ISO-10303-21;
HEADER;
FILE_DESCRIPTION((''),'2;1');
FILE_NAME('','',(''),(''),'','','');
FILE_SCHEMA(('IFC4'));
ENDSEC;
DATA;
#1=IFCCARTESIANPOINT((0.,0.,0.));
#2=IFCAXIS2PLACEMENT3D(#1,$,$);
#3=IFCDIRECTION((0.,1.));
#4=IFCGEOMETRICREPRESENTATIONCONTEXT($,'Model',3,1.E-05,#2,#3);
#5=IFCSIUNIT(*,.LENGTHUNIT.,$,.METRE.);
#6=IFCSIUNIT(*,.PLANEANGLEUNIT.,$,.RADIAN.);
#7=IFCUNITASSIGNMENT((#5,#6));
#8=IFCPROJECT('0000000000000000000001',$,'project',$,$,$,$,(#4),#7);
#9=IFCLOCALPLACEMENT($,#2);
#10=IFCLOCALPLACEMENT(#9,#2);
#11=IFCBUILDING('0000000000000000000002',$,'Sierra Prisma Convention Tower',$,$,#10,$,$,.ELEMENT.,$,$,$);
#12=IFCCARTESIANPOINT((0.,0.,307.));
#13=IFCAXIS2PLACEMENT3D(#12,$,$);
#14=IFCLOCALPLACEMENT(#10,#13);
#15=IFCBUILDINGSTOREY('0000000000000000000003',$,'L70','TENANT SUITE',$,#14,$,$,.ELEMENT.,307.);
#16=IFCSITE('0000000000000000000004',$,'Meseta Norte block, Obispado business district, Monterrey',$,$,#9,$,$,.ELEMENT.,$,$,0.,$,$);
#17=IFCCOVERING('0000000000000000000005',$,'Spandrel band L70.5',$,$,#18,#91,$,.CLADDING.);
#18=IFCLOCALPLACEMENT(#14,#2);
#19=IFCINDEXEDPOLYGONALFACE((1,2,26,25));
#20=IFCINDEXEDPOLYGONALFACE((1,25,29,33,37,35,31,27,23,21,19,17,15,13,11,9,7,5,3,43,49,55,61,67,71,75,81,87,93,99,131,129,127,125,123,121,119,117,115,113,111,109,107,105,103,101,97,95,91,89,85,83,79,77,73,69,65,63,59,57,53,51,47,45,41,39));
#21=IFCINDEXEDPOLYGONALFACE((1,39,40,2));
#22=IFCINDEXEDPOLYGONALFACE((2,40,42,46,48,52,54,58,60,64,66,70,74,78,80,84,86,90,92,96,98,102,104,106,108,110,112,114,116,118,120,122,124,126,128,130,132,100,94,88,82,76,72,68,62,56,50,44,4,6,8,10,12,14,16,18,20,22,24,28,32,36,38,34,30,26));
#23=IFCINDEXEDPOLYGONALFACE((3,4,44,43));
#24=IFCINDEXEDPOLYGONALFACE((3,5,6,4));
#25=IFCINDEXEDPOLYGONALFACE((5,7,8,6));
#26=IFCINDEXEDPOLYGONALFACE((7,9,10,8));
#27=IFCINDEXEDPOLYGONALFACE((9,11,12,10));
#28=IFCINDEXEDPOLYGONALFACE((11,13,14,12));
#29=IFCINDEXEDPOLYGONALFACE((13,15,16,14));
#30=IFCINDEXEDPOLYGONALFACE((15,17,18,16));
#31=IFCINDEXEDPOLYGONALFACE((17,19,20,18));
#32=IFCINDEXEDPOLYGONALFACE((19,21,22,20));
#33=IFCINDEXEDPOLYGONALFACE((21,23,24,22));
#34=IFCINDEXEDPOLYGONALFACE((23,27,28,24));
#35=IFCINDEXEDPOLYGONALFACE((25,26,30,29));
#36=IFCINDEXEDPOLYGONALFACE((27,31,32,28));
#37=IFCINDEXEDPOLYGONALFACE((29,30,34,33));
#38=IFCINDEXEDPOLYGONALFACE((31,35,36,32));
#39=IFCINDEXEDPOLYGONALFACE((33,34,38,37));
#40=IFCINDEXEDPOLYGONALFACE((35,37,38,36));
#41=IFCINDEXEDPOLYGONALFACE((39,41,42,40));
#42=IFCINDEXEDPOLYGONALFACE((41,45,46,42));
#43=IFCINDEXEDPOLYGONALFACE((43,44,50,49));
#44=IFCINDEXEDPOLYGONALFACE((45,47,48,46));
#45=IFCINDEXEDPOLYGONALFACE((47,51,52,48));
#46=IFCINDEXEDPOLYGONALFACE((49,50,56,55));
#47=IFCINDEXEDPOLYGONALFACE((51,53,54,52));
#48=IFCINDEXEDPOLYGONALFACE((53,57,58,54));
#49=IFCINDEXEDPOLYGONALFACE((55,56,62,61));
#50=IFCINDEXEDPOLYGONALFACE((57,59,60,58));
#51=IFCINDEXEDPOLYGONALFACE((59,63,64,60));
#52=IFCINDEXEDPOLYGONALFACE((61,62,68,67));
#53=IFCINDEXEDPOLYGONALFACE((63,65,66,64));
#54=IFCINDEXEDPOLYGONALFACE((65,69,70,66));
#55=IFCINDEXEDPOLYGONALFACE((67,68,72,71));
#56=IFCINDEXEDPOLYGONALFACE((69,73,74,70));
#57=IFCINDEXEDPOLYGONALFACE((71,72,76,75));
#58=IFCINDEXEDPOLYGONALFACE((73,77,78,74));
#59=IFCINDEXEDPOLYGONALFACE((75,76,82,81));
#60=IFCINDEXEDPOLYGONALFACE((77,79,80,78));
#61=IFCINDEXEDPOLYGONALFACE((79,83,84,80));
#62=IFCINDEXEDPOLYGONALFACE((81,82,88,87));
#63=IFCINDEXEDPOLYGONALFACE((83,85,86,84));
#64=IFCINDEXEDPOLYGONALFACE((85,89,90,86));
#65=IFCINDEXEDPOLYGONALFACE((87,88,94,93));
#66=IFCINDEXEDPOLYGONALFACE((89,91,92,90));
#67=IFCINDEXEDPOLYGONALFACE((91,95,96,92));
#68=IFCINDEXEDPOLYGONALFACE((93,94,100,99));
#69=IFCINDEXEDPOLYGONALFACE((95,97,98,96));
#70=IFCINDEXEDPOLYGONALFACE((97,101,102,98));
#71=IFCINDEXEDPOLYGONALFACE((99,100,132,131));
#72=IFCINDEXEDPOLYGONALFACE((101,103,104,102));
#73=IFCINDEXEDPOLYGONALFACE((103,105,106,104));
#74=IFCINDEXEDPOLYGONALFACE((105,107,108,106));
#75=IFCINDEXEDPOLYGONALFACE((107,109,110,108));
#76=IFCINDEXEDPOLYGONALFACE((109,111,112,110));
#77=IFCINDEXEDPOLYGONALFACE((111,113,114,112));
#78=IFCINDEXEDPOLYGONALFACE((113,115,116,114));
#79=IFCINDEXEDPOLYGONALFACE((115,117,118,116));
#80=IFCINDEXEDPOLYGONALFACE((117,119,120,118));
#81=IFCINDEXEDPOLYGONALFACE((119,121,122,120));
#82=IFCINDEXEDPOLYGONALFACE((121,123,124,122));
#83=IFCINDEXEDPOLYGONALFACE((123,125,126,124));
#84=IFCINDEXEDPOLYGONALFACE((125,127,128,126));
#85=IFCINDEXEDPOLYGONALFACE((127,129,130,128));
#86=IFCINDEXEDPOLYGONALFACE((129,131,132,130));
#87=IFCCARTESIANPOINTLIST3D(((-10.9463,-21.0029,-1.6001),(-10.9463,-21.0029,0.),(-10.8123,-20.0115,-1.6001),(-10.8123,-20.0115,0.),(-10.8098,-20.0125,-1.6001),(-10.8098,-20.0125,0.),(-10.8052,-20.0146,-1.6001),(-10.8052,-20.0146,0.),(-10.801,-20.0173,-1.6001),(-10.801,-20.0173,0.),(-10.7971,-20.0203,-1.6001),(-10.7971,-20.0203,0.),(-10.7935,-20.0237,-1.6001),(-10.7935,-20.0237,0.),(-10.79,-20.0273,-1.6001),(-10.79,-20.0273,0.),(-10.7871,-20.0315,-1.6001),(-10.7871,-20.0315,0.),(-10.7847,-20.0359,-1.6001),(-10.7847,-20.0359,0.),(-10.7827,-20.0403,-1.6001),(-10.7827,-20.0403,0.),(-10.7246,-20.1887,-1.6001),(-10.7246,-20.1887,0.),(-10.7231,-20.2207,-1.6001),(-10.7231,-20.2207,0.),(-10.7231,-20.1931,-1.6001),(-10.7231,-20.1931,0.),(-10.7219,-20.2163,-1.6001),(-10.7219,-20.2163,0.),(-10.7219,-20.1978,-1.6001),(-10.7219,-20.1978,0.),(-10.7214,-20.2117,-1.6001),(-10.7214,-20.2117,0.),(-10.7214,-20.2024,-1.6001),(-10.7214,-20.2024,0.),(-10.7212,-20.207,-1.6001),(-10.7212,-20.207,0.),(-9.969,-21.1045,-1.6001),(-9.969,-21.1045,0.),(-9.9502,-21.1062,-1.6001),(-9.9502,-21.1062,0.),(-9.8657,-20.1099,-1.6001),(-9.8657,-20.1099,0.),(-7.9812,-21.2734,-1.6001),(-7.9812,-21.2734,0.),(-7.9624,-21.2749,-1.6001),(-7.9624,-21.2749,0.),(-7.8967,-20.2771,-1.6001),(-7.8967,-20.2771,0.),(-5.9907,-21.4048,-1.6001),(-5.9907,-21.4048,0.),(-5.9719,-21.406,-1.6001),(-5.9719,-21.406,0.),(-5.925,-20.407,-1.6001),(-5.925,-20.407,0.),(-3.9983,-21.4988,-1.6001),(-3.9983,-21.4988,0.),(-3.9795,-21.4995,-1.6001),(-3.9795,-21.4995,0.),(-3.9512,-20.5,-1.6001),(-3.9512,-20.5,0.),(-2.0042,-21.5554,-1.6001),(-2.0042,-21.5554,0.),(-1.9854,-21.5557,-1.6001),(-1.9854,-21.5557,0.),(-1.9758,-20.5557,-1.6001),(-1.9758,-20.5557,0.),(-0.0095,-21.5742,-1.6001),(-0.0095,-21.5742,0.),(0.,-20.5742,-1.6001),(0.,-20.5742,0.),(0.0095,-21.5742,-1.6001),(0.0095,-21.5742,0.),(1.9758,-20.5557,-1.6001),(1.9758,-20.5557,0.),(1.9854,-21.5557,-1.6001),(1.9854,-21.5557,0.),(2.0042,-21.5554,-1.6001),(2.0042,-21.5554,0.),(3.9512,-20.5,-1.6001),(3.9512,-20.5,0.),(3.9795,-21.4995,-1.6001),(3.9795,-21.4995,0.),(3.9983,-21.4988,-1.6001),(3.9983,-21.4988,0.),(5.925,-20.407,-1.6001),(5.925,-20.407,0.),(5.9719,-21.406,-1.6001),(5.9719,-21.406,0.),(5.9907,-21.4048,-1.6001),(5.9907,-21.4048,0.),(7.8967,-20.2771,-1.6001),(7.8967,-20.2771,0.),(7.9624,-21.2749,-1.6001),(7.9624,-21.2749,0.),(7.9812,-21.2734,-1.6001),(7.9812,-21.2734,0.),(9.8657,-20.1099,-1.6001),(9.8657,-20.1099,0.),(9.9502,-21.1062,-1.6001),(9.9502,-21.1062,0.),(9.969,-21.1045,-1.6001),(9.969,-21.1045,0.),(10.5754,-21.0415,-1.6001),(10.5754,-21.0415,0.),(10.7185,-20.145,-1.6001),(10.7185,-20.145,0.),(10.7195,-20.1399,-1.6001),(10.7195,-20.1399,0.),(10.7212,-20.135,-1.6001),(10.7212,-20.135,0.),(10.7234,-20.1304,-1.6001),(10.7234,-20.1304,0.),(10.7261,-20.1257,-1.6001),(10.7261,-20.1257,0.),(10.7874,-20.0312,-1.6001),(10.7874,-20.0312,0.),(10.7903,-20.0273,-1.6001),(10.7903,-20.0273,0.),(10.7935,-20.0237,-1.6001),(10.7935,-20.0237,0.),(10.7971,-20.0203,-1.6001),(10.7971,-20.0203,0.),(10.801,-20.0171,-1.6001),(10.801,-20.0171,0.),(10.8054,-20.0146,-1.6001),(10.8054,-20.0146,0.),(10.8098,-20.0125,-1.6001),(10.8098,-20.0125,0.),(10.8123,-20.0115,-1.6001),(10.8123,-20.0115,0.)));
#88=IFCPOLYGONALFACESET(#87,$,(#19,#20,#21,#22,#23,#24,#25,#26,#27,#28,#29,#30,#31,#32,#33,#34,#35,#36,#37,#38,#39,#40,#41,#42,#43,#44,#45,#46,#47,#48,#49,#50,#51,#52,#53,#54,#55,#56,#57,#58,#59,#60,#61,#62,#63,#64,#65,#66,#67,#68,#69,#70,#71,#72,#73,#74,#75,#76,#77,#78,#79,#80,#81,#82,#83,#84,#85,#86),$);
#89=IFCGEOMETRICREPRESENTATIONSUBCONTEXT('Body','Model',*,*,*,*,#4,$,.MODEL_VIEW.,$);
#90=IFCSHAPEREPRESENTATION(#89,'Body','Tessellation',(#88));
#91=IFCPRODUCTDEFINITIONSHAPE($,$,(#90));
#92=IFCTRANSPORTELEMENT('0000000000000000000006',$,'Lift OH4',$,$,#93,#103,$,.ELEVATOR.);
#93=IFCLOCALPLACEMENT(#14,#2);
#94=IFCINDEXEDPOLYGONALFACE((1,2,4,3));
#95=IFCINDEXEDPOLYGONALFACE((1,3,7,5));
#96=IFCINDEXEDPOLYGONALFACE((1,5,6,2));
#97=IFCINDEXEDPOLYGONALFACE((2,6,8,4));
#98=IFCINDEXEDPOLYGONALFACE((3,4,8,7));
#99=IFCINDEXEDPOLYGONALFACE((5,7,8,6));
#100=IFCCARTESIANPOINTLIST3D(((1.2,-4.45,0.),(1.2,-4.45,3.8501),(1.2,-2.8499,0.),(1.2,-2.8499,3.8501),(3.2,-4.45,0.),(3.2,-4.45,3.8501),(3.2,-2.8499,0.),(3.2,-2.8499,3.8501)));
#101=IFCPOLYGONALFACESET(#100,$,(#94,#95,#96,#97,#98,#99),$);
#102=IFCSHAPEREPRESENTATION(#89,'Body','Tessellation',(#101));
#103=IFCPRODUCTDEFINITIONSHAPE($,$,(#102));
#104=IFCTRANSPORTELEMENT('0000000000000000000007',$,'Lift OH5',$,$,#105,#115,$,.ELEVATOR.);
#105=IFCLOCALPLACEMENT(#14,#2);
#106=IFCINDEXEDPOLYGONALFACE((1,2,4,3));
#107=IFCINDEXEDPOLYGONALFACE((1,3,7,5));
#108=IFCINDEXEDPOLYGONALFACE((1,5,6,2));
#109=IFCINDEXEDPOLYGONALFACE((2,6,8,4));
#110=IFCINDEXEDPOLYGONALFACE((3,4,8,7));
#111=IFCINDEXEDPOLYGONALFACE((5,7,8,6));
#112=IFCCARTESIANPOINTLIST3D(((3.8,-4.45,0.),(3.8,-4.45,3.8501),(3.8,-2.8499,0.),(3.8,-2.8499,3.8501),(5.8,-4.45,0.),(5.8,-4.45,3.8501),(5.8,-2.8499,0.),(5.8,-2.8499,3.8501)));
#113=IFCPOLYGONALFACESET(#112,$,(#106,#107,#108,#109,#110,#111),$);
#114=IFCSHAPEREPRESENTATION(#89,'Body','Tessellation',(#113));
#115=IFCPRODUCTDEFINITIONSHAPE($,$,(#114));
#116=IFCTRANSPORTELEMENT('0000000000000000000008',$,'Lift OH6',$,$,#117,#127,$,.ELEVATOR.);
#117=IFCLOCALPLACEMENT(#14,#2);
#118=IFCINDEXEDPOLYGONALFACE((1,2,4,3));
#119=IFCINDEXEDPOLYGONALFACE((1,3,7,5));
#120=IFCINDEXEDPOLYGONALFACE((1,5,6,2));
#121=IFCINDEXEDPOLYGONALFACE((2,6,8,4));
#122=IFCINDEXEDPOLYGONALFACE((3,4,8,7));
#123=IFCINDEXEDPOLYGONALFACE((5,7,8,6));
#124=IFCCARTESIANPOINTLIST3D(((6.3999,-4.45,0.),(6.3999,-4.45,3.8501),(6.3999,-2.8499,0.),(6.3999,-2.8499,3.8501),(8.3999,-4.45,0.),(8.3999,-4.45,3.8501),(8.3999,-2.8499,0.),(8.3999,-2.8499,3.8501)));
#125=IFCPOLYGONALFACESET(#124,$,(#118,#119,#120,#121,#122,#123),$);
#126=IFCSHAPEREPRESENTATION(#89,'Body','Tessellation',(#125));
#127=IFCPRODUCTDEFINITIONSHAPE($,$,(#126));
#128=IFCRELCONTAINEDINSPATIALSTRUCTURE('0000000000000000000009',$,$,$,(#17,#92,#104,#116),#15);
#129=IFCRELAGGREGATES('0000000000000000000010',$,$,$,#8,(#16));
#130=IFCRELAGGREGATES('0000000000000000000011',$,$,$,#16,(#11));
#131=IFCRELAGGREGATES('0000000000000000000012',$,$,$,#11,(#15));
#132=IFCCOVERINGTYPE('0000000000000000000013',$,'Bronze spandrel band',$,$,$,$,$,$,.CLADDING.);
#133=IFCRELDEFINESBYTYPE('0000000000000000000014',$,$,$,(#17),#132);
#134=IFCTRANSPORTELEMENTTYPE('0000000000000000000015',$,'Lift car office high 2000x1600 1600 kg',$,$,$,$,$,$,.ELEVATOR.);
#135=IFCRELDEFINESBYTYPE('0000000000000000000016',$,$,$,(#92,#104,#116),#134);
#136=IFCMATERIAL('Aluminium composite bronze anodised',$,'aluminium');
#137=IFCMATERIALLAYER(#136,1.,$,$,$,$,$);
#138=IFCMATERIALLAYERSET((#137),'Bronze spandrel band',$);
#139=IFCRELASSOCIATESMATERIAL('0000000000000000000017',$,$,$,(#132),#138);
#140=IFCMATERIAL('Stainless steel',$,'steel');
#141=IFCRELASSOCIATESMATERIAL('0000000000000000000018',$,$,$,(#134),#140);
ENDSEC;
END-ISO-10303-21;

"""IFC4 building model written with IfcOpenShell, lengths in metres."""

from ifc_helpers import new_model, si_unit, direction, frame, origin, origin_2d, place, context, subcontext, project, spatial, polyline, rectangle, outline, extrude, material, layer, layer_set, type_object, element, save


model = new_model("IFC4")

# Units and contexts
model_context = context("Model", 3, precision=1e-05, world=origin(), true_north=direction((0.0, 1.0)))
body_context = subcontext(model_context, "Body", "Model", "MODEL_VIEW")
ifc_project = project(units=[si_unit("LENGTHUNIT", "METRE"), si_unit("PLANEANGLEUNIT", "RADIAN")], contexts=[model_context])

# Site, building, storey
site_placement = place(None, origin())
site = spatial("IfcSite", under=ifc_project, at=site_placement, Name="Meseta Norte block, Obispado business district, Monterrey", CompositionType="ELEMENT", RefElevation=0.0)
building_placement = place(site_placement, origin())
building = spatial("IfcBuilding", under=site, at=building_placement, Name="Sierra Prisma Convention Tower", CompositionType="ELEMENT")
storey_placement = place(building_placement, frame((0.0, 0.0, 307.0)))
storey = spatial("IfcBuildingStorey", under=building, at=storey_placement, Name="L70", Description="TENANT SUITE", CompositionType="ELEMENT", Elevation=307.0)

# Covering
ifc_material_1 = material(Name="Aluminium composite bronze anodised", Category="aluminium")
ifc_layer_1 = layer(ifc_material_1, 1.0)
ifc_layer_set_1 = layer_set([ifc_layer_1], Name="Bronze spandrel band")
covering_type_1 = type_object("IfcCoveringType", Name="Bronze spandrel band", PredefinedType="CLADDING", material=ifc_layer_set_1)
covering_1_placement = place(storey_placement, frame((0.0, 0.0, -1.6001)))
element("IfcCovering", 1, at=covering_1_placement, inside=storey, type_object=covering_type_1, Name="Spandrel band L70.5", PredefinedType="CLADDING", context=body_context, shape_type="SweptSolid", body=[
    extrude(outline(polyline([(0.0095, -21.5742), (-0.0095, -21.5742), (-1.9854, -21.5557), (-2.0042, -21.5554), (-3.9795, -21.4995), (-3.9983, -21.4988), (-5.9719, -21.406), (-5.9907, -21.4048), (-7.9624, -21.2749), (-7.9812, -21.2734), (-9.9502, -21.1062), (-9.969, -21.1045), (-10.9463, -21.0029), (-10.7231, -20.2207), (-10.7219, -20.2163), (-10.7214, -20.2117), (-10.7212, -20.207), (-10.7214, -20.2024), (-10.7219, -20.1978), (-10.7231, -20.1931), (-10.7246, -20.1887), (-10.7827, -20.0403), (-10.7847, -20.0359), (-10.7871, -20.0315), (-10.79, -20.0273), (-10.7935, -20.0237), (-10.7971, -20.0203), (-10.801, -20.0173), (-10.8052, -20.0146), (-10.8098, -20.0125), (-10.8123, -20.0115), (-9.8657, -20.1099), (-7.8967, -20.2771), (-5.925, -20.407), (-3.9512, -20.5), (-1.9758, -20.5557), (0.0, -20.5742), (1.9758, -20.5557), (3.9512, -20.5), (5.925, -20.407), (7.8967, -20.2771), (9.8657, -20.1099), (10.8123, -20.0115), (10.8098, -20.0125), (10.8054, -20.0146), (10.801, -20.0171), (10.7971, -20.0203), (10.7935, -20.0237), (10.7903, -20.0273), (10.7874, -20.0312), (10.7261, -20.1257), (10.7234, -20.1304), (10.7212, -20.135), (10.7195, -20.1399), (10.7185, -20.145), (10.5754, -21.0415), (9.969, -21.1045), (9.9502, -21.1062), (7.9812, -21.2734), (7.9624, -21.2749), (5.9907, -21.4048), (5.9719, -21.406), (3.9983, -21.4988), (3.9795, -21.4995), (2.0042, -21.5554), (1.9854, -21.5557), (0.0095, -21.5742)])), origin(), (0.0, 0.0, 1.0), 1.6001),
])

# Transport elements
ifc_material_2 = material(Name="Stainless steel", Category="steel")
transport_element_type = type_object("IfcTransportElementType", Name="Lift car office high 2000x1600 1600 kg", PredefinedType="ELEVATOR", material=ifc_material_2)
for number, where, z_axis, x_axis, name in (
    (2, (2.2, -3.6499, 0.0), (0.0, 0.0, 1.0), (1.0, 0.0, 0.0), "Lift OH4"),
    (3, (4.8, -3.6499, 0.0), (0.0, 0.0, 1.0), (1.0, 0.0, 0.0), "Lift OH5"),
    (4, (7.3999, -3.6499, 0.0), (0.0, 0.0, 1.0), (1.0, 0.0, 0.0), "Lift OH6"),
):
    element("IfcTransportElement", number, at=place(storey_placement, frame(where, z_axis=z_axis, x_axis=x_axis)), inside=storey, type_object=transport_element_type, Name=name, PredefinedType="ELEVATOR", context=body_context, shape_type="SweptSolid", body=[
        extrude(rectangle(XDim=2.0, YDim=1.6001, at=origin_2d()), origin(), (0.0, 0.0, 1.0), 3.8501),
    ])

save(model, "model.ifc")
